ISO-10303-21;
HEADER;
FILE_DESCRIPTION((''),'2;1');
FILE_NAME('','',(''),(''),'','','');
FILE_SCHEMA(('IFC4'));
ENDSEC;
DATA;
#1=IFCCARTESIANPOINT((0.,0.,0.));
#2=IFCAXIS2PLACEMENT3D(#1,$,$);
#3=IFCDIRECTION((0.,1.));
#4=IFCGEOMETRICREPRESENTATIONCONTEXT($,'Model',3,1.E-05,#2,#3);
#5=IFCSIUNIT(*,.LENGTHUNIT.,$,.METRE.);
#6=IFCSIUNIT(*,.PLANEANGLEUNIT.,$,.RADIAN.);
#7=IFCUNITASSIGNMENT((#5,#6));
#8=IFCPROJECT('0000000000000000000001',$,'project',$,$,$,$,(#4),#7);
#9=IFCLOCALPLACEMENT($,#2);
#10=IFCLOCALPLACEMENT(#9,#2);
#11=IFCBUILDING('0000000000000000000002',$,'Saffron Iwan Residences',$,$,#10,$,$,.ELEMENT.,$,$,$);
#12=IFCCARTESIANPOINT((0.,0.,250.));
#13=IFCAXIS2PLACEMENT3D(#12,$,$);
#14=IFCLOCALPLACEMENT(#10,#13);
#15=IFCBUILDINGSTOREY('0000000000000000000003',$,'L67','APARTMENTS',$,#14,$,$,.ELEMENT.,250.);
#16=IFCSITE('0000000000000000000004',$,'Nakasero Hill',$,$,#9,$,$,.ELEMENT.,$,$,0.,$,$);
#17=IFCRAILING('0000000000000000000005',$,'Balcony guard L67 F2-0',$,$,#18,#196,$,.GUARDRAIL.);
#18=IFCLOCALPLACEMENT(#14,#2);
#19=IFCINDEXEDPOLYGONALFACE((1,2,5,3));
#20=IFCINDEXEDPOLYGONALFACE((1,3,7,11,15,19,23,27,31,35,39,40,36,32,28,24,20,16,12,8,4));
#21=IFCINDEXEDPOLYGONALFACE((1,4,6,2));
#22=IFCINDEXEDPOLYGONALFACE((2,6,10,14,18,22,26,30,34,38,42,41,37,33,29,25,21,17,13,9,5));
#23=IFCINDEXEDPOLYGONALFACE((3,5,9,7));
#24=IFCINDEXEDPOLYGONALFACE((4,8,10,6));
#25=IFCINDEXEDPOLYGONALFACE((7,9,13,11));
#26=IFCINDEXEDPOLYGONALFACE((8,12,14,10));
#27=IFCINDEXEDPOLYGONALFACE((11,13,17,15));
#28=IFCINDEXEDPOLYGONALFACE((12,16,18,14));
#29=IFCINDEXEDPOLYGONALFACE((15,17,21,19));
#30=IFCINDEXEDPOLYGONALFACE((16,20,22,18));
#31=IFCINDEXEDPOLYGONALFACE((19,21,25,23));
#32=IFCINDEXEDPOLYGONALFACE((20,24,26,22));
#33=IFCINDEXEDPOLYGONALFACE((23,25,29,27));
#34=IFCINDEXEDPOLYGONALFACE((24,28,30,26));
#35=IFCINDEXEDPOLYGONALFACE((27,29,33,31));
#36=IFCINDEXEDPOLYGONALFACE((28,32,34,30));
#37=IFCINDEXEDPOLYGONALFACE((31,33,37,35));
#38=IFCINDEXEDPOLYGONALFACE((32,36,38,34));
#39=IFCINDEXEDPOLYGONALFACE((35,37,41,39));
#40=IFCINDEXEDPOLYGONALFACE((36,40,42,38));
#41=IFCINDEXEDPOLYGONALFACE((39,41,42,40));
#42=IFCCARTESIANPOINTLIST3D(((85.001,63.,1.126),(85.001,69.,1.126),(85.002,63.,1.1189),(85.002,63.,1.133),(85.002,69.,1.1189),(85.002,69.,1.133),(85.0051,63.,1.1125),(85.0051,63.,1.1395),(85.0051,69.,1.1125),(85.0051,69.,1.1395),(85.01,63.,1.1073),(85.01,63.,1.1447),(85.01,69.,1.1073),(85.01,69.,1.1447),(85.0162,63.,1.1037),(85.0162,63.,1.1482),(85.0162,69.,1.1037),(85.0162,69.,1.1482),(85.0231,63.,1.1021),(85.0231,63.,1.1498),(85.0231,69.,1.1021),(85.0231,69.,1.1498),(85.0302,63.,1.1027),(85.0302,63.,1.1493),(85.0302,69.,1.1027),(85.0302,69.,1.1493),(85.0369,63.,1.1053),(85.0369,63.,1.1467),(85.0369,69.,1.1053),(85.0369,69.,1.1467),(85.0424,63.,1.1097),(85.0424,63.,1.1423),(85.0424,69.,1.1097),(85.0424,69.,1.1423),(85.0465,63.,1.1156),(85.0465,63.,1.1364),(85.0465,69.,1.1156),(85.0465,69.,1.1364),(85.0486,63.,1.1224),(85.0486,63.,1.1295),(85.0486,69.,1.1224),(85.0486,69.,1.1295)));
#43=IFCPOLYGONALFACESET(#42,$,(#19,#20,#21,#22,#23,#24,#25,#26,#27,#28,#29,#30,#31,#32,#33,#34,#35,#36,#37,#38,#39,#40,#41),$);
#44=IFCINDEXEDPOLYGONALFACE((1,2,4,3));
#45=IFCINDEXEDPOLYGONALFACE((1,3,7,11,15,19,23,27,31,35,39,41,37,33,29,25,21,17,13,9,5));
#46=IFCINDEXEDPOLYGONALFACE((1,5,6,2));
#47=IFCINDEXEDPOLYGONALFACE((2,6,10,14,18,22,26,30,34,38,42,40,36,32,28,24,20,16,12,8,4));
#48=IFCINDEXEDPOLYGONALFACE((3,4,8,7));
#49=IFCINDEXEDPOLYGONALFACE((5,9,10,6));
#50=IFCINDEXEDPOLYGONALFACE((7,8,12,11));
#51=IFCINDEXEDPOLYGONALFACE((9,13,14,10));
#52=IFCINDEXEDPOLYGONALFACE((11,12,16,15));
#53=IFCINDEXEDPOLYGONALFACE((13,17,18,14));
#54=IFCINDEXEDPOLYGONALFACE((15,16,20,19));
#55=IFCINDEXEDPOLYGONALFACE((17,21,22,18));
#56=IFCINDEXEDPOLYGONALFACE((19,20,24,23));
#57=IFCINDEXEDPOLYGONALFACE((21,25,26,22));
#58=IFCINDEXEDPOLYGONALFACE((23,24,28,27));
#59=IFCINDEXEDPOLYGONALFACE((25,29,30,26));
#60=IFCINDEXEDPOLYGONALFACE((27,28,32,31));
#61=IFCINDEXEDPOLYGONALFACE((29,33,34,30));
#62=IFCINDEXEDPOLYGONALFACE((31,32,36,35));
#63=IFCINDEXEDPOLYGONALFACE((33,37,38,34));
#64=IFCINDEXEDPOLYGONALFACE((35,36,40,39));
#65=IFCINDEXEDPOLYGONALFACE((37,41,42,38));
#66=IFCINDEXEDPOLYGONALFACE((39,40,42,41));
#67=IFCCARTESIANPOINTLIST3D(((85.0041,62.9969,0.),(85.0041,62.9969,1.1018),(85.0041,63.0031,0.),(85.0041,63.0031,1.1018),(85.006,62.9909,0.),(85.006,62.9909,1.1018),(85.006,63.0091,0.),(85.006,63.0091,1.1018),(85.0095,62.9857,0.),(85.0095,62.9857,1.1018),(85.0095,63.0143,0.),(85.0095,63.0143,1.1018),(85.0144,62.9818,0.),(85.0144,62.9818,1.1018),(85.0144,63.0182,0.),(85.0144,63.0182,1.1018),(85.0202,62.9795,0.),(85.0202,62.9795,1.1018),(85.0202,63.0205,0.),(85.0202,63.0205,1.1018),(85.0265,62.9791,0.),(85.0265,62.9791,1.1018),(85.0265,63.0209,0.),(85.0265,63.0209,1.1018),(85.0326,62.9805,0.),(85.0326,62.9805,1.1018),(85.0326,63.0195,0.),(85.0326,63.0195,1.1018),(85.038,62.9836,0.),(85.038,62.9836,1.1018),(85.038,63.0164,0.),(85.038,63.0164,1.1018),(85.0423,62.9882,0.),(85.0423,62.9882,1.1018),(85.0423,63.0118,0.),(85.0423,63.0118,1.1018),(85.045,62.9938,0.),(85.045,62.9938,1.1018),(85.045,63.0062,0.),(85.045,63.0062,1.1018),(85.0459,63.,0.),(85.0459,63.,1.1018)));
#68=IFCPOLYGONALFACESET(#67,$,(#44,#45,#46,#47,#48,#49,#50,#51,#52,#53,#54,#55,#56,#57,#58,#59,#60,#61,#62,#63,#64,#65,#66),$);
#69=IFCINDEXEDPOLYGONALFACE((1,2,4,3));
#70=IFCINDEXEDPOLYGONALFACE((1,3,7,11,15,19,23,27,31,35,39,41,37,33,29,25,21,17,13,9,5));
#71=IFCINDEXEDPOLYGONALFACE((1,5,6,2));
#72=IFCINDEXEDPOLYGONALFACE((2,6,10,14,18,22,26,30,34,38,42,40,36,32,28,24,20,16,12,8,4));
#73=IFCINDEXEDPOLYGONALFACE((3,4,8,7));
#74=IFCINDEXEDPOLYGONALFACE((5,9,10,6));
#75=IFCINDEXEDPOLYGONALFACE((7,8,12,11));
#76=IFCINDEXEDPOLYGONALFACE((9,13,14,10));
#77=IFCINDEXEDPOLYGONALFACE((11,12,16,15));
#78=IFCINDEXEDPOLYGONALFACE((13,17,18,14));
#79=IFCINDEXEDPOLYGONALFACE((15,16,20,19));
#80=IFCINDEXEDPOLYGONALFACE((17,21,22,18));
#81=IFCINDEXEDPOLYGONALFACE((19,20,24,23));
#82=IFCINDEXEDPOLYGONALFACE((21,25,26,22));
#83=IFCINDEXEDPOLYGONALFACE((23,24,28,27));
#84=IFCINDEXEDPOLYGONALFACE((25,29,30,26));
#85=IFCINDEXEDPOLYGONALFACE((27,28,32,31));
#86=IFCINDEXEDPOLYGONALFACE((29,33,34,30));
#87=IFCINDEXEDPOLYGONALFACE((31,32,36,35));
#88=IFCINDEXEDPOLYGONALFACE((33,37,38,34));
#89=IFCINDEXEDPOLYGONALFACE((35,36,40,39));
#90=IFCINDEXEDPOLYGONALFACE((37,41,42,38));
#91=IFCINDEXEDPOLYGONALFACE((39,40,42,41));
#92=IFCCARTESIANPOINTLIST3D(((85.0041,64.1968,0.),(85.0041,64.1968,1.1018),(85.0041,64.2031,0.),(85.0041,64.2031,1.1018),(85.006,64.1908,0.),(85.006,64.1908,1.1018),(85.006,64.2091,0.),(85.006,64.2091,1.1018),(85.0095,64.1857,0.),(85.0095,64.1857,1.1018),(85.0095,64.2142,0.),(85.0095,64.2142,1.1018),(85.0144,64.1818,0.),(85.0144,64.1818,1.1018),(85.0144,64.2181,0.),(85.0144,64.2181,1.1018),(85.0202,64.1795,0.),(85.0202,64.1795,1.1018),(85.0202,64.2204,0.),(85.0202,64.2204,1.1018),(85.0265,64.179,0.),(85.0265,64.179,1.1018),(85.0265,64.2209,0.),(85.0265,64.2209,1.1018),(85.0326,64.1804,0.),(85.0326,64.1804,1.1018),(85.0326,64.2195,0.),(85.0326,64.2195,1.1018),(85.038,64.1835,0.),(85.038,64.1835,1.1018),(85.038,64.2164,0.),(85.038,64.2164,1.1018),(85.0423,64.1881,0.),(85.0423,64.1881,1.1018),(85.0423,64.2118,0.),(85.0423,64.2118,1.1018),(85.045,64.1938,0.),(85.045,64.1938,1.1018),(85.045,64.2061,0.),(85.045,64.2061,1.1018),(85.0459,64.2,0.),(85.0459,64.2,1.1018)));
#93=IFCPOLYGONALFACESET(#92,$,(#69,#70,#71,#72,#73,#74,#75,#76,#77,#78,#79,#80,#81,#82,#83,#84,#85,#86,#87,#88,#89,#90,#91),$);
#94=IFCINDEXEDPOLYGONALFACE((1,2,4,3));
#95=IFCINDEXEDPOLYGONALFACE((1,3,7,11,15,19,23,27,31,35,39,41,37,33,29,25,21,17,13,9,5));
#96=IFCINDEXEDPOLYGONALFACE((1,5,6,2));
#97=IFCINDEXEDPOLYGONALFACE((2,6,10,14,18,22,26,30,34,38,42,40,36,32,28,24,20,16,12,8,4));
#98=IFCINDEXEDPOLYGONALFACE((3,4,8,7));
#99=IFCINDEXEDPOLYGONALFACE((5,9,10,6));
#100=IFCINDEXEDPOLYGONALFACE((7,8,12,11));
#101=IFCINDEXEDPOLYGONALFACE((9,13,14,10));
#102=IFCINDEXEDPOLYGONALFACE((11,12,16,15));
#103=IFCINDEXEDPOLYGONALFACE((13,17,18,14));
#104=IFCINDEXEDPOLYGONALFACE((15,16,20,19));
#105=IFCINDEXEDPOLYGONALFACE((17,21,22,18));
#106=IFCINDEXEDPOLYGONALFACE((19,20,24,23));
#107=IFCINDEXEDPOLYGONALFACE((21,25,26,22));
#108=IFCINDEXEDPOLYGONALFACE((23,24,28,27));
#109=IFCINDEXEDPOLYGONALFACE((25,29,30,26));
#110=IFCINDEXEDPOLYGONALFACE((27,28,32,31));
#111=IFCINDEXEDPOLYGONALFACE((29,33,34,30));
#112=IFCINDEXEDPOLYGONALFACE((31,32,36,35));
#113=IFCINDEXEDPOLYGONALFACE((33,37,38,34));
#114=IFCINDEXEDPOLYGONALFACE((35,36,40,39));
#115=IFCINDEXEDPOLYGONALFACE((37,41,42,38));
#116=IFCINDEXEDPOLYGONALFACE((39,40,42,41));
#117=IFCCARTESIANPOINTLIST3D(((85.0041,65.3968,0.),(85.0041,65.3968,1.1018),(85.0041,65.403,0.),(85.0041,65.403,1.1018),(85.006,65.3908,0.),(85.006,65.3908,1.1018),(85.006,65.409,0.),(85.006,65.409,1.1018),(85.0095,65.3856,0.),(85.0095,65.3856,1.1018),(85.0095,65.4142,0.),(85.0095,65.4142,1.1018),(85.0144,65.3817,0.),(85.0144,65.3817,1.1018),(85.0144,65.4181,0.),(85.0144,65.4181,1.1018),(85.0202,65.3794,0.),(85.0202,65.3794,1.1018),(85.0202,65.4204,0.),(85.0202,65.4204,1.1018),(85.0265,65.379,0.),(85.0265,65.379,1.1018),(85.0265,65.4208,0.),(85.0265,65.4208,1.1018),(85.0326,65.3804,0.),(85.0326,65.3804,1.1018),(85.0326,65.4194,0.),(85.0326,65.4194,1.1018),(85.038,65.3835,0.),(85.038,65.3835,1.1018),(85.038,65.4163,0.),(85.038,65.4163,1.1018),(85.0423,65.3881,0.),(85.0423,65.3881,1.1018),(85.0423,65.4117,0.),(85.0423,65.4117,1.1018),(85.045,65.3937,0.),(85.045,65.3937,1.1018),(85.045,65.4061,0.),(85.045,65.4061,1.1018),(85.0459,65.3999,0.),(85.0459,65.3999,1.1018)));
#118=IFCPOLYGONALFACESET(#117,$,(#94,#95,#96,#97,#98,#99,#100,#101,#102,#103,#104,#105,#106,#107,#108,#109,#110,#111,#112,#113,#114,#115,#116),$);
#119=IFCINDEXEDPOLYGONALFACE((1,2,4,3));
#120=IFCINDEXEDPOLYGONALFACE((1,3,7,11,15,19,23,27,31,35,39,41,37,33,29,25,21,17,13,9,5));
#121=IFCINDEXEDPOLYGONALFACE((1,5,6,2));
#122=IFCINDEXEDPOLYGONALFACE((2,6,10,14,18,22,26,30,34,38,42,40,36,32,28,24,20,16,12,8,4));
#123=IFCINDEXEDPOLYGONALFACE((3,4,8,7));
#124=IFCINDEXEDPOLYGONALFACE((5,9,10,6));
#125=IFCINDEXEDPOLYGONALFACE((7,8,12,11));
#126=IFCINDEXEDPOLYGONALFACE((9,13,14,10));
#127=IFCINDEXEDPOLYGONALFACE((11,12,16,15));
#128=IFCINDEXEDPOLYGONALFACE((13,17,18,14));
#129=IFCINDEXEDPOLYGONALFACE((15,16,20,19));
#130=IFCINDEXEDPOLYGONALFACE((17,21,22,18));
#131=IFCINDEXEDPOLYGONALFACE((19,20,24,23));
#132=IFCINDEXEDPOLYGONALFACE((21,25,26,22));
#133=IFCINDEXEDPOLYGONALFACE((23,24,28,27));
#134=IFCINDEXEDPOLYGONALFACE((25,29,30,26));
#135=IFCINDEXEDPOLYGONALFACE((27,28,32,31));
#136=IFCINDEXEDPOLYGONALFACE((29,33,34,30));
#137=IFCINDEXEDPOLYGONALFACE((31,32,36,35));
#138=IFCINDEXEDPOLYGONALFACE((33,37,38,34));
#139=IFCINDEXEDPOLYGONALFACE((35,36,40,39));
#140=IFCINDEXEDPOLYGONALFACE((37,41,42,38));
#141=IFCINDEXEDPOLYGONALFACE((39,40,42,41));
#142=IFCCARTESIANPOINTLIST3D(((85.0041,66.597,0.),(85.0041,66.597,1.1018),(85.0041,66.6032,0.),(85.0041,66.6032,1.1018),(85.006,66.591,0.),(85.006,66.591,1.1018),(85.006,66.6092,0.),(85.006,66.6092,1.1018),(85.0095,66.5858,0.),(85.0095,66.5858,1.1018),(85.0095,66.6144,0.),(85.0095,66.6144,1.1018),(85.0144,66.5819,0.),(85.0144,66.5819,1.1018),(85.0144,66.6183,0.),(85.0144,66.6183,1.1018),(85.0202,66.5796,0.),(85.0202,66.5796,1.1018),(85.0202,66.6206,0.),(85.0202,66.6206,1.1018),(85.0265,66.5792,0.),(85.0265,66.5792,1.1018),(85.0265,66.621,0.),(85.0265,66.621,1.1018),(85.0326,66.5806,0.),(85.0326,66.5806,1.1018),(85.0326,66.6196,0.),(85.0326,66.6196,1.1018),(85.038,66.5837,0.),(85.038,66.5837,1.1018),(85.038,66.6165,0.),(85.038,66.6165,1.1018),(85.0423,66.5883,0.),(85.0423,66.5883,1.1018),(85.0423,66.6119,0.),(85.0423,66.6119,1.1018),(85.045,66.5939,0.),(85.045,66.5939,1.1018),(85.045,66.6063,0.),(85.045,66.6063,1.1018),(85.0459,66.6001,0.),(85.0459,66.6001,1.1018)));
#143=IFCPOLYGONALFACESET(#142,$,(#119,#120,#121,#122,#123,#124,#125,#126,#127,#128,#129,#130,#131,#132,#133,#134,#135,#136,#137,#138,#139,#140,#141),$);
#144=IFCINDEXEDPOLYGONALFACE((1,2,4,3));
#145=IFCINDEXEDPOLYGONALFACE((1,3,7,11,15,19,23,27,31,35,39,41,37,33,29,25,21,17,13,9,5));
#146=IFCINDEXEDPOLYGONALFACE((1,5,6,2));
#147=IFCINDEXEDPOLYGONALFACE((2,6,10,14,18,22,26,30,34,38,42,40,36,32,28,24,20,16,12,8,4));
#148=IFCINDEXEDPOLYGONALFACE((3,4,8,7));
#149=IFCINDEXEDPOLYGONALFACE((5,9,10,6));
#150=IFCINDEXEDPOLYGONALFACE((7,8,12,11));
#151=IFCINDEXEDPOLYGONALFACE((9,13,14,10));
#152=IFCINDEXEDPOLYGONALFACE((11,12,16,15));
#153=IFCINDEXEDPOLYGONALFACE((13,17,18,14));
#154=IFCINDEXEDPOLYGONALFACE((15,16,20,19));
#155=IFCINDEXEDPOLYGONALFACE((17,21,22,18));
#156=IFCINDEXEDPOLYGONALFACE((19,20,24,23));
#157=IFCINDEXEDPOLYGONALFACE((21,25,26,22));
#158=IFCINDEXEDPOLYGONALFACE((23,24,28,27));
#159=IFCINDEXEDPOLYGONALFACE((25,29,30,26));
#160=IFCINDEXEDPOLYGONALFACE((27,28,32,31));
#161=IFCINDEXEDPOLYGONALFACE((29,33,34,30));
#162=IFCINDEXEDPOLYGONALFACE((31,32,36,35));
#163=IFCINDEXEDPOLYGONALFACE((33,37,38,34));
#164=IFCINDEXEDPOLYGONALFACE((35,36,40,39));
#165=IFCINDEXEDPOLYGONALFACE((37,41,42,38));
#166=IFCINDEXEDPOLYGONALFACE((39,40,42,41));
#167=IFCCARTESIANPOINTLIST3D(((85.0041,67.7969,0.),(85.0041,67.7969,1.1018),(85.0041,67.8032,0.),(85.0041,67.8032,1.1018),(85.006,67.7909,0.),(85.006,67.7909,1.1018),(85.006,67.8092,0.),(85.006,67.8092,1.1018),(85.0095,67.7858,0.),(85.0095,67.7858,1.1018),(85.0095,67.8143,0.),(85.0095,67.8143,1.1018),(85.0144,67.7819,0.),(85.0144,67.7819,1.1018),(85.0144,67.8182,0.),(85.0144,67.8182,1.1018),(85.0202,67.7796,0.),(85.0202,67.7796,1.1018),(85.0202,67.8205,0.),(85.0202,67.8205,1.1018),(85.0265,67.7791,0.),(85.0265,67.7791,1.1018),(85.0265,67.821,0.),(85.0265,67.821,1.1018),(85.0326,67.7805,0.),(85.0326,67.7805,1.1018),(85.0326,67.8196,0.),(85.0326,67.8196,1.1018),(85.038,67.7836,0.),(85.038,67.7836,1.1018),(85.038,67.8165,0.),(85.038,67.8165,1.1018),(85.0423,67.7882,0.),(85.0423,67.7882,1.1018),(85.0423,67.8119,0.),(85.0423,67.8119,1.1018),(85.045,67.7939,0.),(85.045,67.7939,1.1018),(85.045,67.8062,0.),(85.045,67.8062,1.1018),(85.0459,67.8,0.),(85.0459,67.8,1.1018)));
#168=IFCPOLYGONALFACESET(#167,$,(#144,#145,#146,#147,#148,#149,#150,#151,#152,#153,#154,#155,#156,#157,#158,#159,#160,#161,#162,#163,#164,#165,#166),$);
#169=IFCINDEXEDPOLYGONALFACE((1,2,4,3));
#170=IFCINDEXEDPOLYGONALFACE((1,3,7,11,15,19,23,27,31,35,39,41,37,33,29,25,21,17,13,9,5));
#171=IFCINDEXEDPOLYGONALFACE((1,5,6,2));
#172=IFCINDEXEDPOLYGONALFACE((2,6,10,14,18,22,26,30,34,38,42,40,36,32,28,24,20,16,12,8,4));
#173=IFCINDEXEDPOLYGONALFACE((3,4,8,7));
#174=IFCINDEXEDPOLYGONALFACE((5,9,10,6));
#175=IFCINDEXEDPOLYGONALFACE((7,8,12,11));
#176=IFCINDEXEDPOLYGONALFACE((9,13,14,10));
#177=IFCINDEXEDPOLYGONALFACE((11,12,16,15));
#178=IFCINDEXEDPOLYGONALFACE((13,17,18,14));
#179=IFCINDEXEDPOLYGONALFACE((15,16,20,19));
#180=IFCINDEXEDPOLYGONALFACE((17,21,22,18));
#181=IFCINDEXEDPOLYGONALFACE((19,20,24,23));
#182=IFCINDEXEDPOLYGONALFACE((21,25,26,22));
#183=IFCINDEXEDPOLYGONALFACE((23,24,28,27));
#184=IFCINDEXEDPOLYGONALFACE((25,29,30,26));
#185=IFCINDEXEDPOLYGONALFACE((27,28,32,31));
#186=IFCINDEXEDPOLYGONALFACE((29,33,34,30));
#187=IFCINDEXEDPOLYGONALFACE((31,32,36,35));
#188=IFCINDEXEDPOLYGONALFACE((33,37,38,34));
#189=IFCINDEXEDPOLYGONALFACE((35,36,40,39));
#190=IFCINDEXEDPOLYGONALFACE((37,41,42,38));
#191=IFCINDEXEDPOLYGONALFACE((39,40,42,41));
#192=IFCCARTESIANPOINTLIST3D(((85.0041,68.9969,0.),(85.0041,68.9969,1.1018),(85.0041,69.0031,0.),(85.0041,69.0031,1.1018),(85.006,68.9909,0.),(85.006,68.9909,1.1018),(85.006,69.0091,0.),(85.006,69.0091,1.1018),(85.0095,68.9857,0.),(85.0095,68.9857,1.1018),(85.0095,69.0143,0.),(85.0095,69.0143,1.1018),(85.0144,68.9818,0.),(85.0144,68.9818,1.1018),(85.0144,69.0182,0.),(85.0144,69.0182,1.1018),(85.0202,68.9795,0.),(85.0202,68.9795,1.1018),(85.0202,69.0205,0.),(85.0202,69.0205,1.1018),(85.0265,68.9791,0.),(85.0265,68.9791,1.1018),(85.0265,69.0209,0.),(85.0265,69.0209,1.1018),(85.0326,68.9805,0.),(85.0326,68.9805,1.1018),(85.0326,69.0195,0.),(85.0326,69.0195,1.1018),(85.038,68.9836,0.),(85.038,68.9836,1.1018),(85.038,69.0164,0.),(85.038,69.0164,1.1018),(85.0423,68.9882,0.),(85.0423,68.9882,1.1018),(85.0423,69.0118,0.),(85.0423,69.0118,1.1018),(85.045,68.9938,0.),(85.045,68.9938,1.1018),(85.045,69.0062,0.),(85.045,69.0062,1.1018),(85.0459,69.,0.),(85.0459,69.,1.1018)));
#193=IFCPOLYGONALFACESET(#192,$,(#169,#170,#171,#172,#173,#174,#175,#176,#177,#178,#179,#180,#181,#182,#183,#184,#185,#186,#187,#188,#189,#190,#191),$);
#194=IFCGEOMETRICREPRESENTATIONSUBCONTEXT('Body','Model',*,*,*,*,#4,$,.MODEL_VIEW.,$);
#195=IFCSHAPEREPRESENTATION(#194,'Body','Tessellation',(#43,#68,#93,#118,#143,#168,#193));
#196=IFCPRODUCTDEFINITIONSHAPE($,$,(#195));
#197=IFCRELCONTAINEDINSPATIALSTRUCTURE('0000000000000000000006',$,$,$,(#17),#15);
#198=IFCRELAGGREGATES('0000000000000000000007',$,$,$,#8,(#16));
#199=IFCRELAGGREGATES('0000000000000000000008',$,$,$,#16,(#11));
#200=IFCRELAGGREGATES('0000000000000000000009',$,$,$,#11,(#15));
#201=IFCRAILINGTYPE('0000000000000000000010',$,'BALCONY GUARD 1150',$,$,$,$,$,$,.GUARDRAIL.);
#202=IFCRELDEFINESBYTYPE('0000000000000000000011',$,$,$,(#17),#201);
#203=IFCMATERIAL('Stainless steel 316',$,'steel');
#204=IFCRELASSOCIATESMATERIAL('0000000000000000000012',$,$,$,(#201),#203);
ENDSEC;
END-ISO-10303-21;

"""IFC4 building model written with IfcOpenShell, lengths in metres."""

from ifc_helpers import new_model, si_unit, direction, frame, origin, origin_2d, place, context, subcontext, project, spatial, circle, extrude, material, type_object, element, save


model = new_model("IFC4")

# Units and contexts
model_context = context("Model", 3, precision=1e-05, world=origin(), true_north=direction((0.0, 1.0)))
body_context = subcontext(model_context, "Body", "Model", "MODEL_VIEW")
ifc_project = project(units=[si_unit("LENGTHUNIT", "METRE"), si_unit("PLANEANGLEUNIT", "RADIAN")], contexts=[model_context])

# Site, building, storey
site_placement = place(None, origin())
site = spatial("IfcSite", under=ifc_project, at=site_placement, Name="Nakasero Hill", CompositionType="ELEMENT", RefElevation=0.0)
building_placement = place(site_placement, origin())
building = spatial("IfcBuilding", under=site, at=building_placement, Name="Saffron Iwan Residences", CompositionType="ELEMENT")
storey_placement = place(building_placement, frame((0.0, 0.0, 250.0)))
storey = spatial("IfcBuildingStorey", under=building, at=storey_placement, Name="L67", Description="APARTMENTS", CompositionType="ELEMENT", Elevation=250.0)

# Railing
ifc_material_1 = material(Name="Stainless steel 316", Category="steel")
railing_type_1 = type_object("IfcRailingType", Name="BALCONY GUARD 1150", PredefinedType="GUARDRAIL", material=ifc_material_1)
railing_1_placement = place(storey_placement, frame((85.0249, 63.0, 0.0)))
element("IfcRailing", 1, at=railing_1_placement, inside=storey, type_object=railing_type_1, Name="Balcony guard L67 F2-0", PredefinedType="GUARDRAIL", context=body_context, shape_type="SweptSolid", body=[
    extrude(circle(Radius=0.0239, at=origin_2d()), frame((0.0, 0.0, 1.126), z_axis=(0.0, 1.0, 0.0), x_axis=(-1.0, 0.0, 0.0)), (0.0, 0.0, 1.0), 6.0),
    extrude(circle(Radius=0.021, at=origin_2d()), origin(), (0.0, 0.0, 1.0), 1.1018),
    extrude(circle(Radius=0.021, at=origin_2d()), frame((0.0, 1.2, 0.0)), (0.0, 0.0, 1.0), 1.1018),
    extrude(circle(Radius=0.021, at=origin_2d()), frame((0.0, 2.3999, 0.0)), (0.0, 0.0, 1.0), 1.1018),
    extrude(circle(Radius=0.021, at=origin_2d()), frame((0.0, 3.6001, 0.0)), (0.0, 0.0, 1.0), 1.1018),
    extrude(circle(Radius=0.021, at=origin_2d()), frame((0.0, 4.8, 0.0)), (0.0, 0.0, 1.0), 1.1018),
    extrude(circle(Radius=0.021, at=origin_2d()), frame((0.0, 6.0, 0.0)), (0.0, 0.0, 1.0), 1.1018),
])

save(model, "model.ifc")
